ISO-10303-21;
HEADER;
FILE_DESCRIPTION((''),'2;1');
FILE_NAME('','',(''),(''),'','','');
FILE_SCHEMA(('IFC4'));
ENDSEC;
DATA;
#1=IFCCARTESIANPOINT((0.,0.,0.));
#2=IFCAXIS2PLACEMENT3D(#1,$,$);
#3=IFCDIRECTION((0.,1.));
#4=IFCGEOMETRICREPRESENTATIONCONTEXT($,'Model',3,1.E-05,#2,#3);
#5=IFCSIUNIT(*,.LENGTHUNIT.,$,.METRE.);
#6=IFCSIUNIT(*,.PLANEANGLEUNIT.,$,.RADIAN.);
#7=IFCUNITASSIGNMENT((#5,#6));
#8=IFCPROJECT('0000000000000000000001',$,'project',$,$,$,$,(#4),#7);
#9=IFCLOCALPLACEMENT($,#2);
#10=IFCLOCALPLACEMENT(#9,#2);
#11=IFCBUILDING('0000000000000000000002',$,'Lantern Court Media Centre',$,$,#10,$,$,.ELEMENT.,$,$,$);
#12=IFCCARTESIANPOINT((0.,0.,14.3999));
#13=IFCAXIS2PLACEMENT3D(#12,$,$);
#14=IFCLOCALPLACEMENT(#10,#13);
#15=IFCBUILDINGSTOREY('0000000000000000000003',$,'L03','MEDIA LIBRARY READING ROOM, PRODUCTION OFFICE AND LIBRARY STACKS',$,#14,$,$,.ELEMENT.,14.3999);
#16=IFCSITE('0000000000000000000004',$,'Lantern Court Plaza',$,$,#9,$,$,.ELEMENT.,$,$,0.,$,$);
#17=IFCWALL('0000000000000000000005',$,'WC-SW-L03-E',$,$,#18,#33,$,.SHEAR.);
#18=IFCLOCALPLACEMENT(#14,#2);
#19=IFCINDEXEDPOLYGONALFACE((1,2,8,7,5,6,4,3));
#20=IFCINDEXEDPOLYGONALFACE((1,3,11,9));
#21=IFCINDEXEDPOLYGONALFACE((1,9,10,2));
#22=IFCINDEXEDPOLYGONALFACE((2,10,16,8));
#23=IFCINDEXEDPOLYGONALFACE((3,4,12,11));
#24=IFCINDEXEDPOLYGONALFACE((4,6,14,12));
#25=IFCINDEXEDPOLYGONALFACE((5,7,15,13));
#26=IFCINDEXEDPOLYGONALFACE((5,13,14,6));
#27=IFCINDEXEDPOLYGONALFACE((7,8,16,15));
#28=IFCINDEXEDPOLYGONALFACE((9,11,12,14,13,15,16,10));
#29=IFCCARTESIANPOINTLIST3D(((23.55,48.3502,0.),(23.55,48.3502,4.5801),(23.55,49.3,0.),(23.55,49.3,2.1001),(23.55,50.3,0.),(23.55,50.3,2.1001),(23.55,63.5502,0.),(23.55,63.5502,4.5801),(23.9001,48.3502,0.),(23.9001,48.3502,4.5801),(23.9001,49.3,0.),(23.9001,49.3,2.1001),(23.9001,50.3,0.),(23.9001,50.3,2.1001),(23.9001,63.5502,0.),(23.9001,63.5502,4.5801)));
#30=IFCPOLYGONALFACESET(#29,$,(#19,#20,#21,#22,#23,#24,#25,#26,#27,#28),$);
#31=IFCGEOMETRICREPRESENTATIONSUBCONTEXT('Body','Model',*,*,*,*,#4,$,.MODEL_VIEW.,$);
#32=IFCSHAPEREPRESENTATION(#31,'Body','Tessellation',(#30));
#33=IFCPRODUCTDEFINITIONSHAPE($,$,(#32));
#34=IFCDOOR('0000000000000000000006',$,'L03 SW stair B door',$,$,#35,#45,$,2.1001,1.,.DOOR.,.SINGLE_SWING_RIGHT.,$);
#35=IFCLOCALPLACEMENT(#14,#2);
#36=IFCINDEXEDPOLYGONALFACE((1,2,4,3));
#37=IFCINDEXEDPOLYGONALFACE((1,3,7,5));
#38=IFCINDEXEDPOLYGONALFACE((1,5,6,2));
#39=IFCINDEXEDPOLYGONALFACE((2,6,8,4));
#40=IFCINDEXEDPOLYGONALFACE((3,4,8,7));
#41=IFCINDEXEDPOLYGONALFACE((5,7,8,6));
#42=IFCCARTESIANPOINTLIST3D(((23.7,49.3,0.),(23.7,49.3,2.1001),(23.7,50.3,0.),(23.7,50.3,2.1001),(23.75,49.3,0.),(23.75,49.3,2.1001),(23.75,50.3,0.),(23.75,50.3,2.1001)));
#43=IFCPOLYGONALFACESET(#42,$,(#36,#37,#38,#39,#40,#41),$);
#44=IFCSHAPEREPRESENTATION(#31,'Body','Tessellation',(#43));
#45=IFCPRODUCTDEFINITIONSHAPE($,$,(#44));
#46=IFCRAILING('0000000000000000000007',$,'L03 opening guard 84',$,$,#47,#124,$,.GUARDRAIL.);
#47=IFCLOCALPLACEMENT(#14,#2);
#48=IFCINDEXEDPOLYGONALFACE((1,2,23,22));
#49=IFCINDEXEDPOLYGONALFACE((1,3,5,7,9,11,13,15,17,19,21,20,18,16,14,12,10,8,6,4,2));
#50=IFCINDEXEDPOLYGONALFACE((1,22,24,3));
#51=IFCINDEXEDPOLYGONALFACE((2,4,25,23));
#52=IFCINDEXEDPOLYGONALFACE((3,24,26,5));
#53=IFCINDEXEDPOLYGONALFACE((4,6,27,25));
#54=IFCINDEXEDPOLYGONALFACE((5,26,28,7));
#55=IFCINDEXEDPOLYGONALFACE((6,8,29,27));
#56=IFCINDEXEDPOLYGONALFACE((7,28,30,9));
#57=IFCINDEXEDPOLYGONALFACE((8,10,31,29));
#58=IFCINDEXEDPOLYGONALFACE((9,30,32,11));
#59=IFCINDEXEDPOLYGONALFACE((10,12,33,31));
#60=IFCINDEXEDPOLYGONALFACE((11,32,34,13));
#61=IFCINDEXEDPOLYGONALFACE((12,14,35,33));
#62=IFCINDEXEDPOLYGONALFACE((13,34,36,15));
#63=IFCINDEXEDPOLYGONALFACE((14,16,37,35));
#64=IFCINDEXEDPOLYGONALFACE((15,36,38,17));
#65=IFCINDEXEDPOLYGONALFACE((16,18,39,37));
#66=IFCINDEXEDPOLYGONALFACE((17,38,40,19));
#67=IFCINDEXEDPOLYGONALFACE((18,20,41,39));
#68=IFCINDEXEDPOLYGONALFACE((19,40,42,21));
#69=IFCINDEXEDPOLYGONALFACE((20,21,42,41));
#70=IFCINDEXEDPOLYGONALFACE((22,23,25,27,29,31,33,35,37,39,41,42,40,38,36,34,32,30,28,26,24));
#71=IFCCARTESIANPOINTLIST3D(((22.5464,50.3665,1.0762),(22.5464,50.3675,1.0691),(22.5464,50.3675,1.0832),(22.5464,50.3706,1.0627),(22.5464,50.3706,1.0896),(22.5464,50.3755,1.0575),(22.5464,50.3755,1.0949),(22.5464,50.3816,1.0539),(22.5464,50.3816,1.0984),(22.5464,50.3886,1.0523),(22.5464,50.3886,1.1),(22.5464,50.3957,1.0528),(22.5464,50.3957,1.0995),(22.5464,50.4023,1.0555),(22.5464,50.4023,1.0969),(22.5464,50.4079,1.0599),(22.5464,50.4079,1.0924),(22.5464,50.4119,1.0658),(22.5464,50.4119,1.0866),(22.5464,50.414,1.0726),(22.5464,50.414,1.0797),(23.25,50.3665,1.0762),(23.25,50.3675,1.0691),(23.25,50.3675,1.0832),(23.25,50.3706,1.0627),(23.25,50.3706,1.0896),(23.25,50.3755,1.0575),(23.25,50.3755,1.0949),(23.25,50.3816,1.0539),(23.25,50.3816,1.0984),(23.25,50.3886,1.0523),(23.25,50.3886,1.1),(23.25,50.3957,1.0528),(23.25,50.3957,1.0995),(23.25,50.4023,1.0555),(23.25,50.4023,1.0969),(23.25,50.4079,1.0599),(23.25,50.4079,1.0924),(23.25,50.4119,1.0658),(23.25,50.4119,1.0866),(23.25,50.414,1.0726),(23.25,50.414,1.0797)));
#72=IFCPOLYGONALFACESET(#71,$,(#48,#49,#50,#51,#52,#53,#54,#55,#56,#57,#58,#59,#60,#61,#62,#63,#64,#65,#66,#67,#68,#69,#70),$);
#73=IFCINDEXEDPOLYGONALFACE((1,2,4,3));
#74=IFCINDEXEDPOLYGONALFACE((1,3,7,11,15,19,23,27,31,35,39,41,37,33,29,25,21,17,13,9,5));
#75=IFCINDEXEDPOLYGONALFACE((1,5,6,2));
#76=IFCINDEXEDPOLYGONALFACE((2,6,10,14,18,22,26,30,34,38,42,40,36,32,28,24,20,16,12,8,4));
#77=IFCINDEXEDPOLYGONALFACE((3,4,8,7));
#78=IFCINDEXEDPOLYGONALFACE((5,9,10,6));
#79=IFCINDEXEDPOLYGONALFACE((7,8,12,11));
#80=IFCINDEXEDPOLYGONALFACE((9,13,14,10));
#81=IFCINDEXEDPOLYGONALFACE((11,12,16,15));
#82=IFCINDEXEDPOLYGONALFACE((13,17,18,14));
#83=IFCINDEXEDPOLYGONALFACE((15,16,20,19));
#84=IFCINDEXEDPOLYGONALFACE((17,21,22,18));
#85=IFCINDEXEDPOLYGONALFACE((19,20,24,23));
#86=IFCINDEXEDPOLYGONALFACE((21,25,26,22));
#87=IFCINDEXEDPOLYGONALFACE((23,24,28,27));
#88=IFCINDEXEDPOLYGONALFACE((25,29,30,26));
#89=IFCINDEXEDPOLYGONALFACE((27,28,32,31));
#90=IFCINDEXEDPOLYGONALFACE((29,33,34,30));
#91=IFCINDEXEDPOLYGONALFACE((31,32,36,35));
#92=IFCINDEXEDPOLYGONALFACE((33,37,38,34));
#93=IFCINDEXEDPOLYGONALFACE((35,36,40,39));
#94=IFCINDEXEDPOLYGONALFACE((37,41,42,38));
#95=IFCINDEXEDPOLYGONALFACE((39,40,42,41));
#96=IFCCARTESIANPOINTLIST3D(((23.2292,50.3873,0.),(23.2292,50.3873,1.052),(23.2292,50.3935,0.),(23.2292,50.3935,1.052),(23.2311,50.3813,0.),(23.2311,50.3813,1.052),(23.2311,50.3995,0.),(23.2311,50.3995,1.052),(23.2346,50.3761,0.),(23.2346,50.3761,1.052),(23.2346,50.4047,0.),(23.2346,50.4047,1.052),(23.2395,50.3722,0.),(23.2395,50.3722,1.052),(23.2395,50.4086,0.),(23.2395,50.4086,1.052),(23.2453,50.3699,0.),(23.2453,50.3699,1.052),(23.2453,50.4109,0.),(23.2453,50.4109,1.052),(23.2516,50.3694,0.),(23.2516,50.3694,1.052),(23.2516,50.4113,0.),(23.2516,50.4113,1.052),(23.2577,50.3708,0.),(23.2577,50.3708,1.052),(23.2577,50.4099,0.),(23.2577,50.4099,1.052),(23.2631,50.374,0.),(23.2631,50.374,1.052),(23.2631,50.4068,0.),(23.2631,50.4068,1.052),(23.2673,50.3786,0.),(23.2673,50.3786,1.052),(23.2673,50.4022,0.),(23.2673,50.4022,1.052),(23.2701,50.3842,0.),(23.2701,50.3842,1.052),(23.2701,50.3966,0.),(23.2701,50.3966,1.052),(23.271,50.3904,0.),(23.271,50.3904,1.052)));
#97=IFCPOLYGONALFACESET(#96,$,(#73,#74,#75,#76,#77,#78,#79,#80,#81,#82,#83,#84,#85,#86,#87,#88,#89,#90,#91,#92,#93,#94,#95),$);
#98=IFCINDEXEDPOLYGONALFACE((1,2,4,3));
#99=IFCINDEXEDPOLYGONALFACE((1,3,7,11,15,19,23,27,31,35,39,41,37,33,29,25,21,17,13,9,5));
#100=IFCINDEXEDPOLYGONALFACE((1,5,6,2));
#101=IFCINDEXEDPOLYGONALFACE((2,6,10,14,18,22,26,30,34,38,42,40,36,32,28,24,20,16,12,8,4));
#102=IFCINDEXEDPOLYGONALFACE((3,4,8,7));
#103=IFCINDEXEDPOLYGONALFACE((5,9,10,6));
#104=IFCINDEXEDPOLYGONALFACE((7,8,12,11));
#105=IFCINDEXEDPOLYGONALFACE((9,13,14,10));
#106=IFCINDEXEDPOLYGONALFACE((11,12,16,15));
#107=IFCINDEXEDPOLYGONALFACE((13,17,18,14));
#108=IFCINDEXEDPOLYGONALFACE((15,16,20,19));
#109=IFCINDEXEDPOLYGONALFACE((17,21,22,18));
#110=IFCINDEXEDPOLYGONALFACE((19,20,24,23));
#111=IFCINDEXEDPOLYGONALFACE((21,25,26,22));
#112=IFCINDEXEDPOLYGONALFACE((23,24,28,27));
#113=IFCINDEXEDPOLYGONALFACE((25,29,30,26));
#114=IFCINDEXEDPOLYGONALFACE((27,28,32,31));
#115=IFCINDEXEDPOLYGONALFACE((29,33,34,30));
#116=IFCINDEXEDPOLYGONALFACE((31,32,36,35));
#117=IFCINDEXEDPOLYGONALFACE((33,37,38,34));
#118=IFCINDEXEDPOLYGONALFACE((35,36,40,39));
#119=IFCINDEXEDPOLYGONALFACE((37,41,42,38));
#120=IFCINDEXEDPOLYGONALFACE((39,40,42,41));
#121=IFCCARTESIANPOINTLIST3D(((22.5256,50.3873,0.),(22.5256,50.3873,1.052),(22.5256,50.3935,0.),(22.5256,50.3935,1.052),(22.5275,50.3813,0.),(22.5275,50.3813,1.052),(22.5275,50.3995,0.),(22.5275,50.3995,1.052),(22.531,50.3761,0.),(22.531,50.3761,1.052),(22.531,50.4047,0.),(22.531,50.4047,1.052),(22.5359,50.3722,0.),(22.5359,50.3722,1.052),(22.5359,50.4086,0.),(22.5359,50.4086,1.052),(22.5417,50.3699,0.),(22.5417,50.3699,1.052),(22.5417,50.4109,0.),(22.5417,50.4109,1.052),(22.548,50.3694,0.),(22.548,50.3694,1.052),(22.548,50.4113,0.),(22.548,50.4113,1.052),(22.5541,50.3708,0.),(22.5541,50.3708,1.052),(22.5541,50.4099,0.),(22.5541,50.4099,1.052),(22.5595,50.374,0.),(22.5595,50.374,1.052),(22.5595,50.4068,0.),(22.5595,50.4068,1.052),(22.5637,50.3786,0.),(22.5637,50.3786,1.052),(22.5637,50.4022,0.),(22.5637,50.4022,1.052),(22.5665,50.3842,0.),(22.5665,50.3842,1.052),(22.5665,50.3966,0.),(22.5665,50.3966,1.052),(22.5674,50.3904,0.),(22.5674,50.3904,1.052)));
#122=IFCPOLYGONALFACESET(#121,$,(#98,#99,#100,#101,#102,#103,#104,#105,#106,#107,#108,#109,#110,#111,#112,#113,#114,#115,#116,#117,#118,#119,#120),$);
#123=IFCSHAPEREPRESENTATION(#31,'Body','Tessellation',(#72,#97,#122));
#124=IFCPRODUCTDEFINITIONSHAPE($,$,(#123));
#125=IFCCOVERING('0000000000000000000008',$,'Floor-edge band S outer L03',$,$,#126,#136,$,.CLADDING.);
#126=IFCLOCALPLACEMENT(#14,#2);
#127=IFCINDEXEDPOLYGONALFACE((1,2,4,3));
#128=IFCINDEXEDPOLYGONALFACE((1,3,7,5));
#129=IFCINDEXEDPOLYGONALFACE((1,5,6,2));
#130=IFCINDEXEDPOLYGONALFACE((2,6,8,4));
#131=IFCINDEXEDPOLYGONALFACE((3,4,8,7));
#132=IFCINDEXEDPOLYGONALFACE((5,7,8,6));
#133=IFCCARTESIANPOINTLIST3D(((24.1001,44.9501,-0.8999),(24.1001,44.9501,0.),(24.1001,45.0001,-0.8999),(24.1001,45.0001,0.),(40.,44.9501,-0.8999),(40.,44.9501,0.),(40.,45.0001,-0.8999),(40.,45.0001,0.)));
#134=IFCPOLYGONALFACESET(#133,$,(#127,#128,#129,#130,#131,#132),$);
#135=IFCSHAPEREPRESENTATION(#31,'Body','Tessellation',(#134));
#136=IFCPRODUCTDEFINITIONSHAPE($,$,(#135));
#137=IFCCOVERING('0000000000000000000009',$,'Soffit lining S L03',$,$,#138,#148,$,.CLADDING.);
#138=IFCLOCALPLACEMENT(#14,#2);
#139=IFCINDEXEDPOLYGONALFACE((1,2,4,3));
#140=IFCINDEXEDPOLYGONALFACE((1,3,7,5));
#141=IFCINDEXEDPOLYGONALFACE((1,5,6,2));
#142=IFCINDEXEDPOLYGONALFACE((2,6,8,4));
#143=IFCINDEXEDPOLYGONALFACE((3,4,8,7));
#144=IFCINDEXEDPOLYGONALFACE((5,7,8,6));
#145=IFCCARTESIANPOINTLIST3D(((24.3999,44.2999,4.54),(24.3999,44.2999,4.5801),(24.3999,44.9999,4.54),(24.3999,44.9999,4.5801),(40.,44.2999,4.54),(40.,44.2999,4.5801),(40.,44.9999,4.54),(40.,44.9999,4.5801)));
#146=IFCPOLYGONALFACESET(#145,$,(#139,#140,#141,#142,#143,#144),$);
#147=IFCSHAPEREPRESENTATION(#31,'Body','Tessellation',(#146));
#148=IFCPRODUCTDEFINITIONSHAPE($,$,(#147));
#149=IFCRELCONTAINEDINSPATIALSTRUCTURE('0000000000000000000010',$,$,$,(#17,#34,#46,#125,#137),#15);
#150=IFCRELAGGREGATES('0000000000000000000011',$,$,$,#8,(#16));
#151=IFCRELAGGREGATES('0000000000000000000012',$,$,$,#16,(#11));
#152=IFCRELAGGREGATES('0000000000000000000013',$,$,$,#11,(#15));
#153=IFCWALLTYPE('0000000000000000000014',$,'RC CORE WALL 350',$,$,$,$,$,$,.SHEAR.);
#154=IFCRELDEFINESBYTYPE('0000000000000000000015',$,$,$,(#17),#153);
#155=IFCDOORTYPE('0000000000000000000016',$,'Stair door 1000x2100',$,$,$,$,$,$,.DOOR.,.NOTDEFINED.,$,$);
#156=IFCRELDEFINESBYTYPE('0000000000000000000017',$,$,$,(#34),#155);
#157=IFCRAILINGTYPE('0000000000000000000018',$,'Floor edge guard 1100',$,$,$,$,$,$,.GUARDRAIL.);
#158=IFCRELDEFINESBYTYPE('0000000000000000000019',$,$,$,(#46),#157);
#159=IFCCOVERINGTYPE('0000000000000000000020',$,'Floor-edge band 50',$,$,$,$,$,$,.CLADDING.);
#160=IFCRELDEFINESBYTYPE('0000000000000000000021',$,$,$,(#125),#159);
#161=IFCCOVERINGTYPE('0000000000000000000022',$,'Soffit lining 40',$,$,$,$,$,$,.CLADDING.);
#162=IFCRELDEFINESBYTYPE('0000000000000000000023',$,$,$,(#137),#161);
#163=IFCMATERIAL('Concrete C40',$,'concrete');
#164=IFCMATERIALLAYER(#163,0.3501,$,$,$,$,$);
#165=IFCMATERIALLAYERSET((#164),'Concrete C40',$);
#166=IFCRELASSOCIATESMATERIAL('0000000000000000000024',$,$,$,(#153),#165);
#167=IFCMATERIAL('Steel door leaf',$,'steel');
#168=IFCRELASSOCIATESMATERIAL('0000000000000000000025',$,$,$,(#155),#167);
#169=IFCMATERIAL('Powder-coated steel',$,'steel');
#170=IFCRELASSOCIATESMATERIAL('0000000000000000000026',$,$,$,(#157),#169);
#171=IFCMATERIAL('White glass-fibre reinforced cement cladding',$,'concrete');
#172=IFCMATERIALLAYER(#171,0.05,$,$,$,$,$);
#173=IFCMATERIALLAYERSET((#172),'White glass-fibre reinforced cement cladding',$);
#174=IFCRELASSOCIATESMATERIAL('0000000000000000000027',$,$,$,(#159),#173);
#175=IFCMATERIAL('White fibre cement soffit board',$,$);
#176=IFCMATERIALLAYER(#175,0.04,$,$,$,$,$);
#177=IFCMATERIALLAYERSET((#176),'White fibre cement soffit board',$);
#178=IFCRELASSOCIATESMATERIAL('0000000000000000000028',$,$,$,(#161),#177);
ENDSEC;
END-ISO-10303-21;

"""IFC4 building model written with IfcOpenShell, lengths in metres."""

from ifc_helpers import new_model, si_unit, direction, frame, frame_2d, origin, origin_2d, place, context, subcontext, project, spatial, rectangle, circle, extrude, material, layer, layer_set, type_object, element, fill, save


model = new_model("IFC4")

# Units and contexts
model_context = context("Model", 3, precision=1e-05, world=origin(), true_north=direction((0.0, 1.0)))
body_context = subcontext(model_context, "Body", "Model", "MODEL_VIEW")
ifc_project = project(units=[si_unit("LENGTHUNIT", "METRE"), si_unit("PLANEANGLEUNIT", "RADIAN")], contexts=[model_context])

# Site, building, storey
site_placement = place(None, origin())
site = spatial("IfcSite", under=ifc_project, at=site_placement, Name="Lantern Court Plaza", CompositionType="ELEMENT", RefElevation=0.0)
building_placement = place(site_placement, origin())
building = spatial("IfcBuilding", under=site, at=building_placement, Name="Lantern Court Media Centre", CompositionType="ELEMENT")
storey_placement = place(building_placement, frame((0.0, 0.0, 14.3999)))
storey = spatial("IfcBuildingStorey", under=building, at=storey_placement, Name="L03", Description="MEDIA LIBRARY READING ROOM, PRODUCTION OFFICE AND LIBRARY STACKS", CompositionType="ELEMENT", Elevation=14.3999)

# Wall, opening, door
ifc_material_1 = material(Name="Concrete C40", Category="concrete")
ifc_layer_1 = layer(ifc_material_1, 0.3501)
ifc_layer_set_1 = layer_set([ifc_layer_1], Name="Concrete C40")
wall_type_1 = type_object("IfcWallType", Name="RC CORE WALL 350", PredefinedType="SHEAR", material=ifc_layer_set_1)
wall_1_placement = place(storey_placement, frame((23.7251, 48.3501, 0.0), z_axis=(0.0, 0.0, 1.0), x_axis=(0.0, 1.0, 0.0)))
wall_1 = element("IfcWall", 1, at=wall_1_placement, inside=storey, type_object=wall_type_1, Name="WC-SW-L03-E", PredefinedType="SHEAR", context=body_context, shape_type="SweptSolid", body=[
    extrude(rectangle(XDim=15.2, YDim=0.3501, at=frame_2d((7.6001, 0.0))), origin(), (0.0, 0.0, 1.0), 4.5801),
])
opening_placement = place(wall_1_placement, frame((0.95, 0.0, 0.0)))
opening = element("IfcOpeningElement", 2, at=opening_placement, cuts=wall_1, PredefinedType="OPENING", context=body_context, shape_type="SweptSolid", body=[
    extrude(rectangle(XDim=1.0, YDim=2.1001, at=frame_2d((0.5, 1.05))), frame((0.0, 0.1851, 0.0), z_axis=(0.0, -1.0, 0.0), x_axis=(1.0, 0.0, 0.0)), (0.0, 0.0, 1.0), 0.3701),
])
ifc_material_2 = material(Name="Steel door leaf", Category="steel")
door_type = type_object("IfcDoorType", Name="Stair door 1000x2100", OperationType="NOTDEFINED", PredefinedType="DOOR", material=ifc_material_2)
door_placement = place(opening_placement, frame((1.0, 0.0, 0.0), z_axis=(0.0, 0.0, 1.0), x_axis=(-1.0, 0.0, 0.0)))
door = element("IfcDoor", 3, at=door_placement, inside=storey, type_object=door_type, Name="L03 SW stair B door", OperationType="SINGLE_SWING_RIGHT", OverallHeight=2.1001, OverallWidth=1.0, PredefinedType="DOOR", context=body_context, shape_type="SweptSolid", body=[
    extrude(rectangle(XDim=1.0, YDim=2.1001, at=frame_2d((0.5, 1.05))), frame((0.0, 0.0249, 0.0), z_axis=(0.0, -1.0, 0.0), x_axis=(1.0, 0.0, 0.0)), (0.0, 0.0, 1.0), 0.05),
])
fill(opening, door)

# Railing
ifc_material_3 = material(Name="Powder-coated steel", Category="steel")
railing_type_1 = type_object("IfcRailingType", Name="Floor edge guard 1100", PredefinedType="GUARDRAIL", material=ifc_material_3)
railing_1_placement = place(storey_placement, frame((23.25, 50.3904, 0.0)))
element("IfcRailing", 4, at=railing_1_placement, inside=storey, type_object=railing_type_1, Name="L03 opening guard 84", PredefinedType="GUARDRAIL", context=body_context, shape_type="SweptSolid", body=[
    extrude(circle(Radius=0.0239, at=origin_2d()), frame((0.0, 0.0, 1.0762), z_axis=(-1.0, 0.0, 0.0), x_axis=(0.0, -1.0, 0.0)), (0.0, 0.0, 1.0), 0.7036),
    extrude(circle(Radius=0.021, at=origin_2d()), origin(), (0.0, 0.0, 1.0), 1.052),
    extrude(circle(Radius=0.021, at=origin_2d()), frame((-0.7036, 0.0, 0.0)), (0.0, 0.0, 1.0), 1.052),
])

# Coverings
ifc_material_4 = material(Name="White glass-fibre reinforced cement cladding", Category="concrete")
ifc_layer_2 = layer(ifc_material_4, 0.05)
ifc_layer_set_2 = layer_set([ifc_layer_2], Name="White glass-fibre reinforced cement cladding")
covering_type_1 = type_object("IfcCoveringType", Name="Floor-edge band 50", PredefinedType="CLADDING", material=ifc_layer_set_2)
covering_1_placement = place(storey_placement, frame((24.1001, 44.9751, -0.8999), z_axis=(0.0, 0.0, 1.0), x_axis=(1.0, 0.0, 0.0)))
element("IfcCovering", 5, at=covering_1_placement, inside=storey, type_object=covering_type_1, Name="Floor-edge band S outer L03", PredefinedType="CLADDING", context=body_context, shape_type="SweptSolid", body=[
    extrude(rectangle(XDim=15.8999, YDim=0.05, at=frame_2d((7.95, 0.0))), origin(), (0.0, 0.0, 1.0), 0.8999),
])
ifc_material_5 = material(Name="White fibre cement soffit board")
ifc_layer_3 = layer(ifc_material_5, 0.04)
ifc_layer_set_3 = layer_set([ifc_layer_3], Name="White fibre cement soffit board")
covering_type_2 = type_object("IfcCoveringType", Name="Soffit lining 40", PredefinedType="CLADDING", material=ifc_layer_set_3)
covering_2_placement = place(storey_placement, frame((24.3999, 44.6499, 4.54), z_axis=(0.0, 0.0, 1.0), x_axis=(1.0, 0.0, 0.0)))
element("IfcCovering", 6, at=covering_2_placement, inside=storey, type_object=covering_type_2, Name="Soffit lining S L03", PredefinedType="CLADDING", context=body_context, shape_type="SweptSolid", body=[
    extrude(rectangle(XDim=15.6001, YDim=0.7, at=frame_2d((7.8, 0.0))), origin(), (0.0, 0.0, 1.0), 0.04),
])

save(model, "model.ifc")
